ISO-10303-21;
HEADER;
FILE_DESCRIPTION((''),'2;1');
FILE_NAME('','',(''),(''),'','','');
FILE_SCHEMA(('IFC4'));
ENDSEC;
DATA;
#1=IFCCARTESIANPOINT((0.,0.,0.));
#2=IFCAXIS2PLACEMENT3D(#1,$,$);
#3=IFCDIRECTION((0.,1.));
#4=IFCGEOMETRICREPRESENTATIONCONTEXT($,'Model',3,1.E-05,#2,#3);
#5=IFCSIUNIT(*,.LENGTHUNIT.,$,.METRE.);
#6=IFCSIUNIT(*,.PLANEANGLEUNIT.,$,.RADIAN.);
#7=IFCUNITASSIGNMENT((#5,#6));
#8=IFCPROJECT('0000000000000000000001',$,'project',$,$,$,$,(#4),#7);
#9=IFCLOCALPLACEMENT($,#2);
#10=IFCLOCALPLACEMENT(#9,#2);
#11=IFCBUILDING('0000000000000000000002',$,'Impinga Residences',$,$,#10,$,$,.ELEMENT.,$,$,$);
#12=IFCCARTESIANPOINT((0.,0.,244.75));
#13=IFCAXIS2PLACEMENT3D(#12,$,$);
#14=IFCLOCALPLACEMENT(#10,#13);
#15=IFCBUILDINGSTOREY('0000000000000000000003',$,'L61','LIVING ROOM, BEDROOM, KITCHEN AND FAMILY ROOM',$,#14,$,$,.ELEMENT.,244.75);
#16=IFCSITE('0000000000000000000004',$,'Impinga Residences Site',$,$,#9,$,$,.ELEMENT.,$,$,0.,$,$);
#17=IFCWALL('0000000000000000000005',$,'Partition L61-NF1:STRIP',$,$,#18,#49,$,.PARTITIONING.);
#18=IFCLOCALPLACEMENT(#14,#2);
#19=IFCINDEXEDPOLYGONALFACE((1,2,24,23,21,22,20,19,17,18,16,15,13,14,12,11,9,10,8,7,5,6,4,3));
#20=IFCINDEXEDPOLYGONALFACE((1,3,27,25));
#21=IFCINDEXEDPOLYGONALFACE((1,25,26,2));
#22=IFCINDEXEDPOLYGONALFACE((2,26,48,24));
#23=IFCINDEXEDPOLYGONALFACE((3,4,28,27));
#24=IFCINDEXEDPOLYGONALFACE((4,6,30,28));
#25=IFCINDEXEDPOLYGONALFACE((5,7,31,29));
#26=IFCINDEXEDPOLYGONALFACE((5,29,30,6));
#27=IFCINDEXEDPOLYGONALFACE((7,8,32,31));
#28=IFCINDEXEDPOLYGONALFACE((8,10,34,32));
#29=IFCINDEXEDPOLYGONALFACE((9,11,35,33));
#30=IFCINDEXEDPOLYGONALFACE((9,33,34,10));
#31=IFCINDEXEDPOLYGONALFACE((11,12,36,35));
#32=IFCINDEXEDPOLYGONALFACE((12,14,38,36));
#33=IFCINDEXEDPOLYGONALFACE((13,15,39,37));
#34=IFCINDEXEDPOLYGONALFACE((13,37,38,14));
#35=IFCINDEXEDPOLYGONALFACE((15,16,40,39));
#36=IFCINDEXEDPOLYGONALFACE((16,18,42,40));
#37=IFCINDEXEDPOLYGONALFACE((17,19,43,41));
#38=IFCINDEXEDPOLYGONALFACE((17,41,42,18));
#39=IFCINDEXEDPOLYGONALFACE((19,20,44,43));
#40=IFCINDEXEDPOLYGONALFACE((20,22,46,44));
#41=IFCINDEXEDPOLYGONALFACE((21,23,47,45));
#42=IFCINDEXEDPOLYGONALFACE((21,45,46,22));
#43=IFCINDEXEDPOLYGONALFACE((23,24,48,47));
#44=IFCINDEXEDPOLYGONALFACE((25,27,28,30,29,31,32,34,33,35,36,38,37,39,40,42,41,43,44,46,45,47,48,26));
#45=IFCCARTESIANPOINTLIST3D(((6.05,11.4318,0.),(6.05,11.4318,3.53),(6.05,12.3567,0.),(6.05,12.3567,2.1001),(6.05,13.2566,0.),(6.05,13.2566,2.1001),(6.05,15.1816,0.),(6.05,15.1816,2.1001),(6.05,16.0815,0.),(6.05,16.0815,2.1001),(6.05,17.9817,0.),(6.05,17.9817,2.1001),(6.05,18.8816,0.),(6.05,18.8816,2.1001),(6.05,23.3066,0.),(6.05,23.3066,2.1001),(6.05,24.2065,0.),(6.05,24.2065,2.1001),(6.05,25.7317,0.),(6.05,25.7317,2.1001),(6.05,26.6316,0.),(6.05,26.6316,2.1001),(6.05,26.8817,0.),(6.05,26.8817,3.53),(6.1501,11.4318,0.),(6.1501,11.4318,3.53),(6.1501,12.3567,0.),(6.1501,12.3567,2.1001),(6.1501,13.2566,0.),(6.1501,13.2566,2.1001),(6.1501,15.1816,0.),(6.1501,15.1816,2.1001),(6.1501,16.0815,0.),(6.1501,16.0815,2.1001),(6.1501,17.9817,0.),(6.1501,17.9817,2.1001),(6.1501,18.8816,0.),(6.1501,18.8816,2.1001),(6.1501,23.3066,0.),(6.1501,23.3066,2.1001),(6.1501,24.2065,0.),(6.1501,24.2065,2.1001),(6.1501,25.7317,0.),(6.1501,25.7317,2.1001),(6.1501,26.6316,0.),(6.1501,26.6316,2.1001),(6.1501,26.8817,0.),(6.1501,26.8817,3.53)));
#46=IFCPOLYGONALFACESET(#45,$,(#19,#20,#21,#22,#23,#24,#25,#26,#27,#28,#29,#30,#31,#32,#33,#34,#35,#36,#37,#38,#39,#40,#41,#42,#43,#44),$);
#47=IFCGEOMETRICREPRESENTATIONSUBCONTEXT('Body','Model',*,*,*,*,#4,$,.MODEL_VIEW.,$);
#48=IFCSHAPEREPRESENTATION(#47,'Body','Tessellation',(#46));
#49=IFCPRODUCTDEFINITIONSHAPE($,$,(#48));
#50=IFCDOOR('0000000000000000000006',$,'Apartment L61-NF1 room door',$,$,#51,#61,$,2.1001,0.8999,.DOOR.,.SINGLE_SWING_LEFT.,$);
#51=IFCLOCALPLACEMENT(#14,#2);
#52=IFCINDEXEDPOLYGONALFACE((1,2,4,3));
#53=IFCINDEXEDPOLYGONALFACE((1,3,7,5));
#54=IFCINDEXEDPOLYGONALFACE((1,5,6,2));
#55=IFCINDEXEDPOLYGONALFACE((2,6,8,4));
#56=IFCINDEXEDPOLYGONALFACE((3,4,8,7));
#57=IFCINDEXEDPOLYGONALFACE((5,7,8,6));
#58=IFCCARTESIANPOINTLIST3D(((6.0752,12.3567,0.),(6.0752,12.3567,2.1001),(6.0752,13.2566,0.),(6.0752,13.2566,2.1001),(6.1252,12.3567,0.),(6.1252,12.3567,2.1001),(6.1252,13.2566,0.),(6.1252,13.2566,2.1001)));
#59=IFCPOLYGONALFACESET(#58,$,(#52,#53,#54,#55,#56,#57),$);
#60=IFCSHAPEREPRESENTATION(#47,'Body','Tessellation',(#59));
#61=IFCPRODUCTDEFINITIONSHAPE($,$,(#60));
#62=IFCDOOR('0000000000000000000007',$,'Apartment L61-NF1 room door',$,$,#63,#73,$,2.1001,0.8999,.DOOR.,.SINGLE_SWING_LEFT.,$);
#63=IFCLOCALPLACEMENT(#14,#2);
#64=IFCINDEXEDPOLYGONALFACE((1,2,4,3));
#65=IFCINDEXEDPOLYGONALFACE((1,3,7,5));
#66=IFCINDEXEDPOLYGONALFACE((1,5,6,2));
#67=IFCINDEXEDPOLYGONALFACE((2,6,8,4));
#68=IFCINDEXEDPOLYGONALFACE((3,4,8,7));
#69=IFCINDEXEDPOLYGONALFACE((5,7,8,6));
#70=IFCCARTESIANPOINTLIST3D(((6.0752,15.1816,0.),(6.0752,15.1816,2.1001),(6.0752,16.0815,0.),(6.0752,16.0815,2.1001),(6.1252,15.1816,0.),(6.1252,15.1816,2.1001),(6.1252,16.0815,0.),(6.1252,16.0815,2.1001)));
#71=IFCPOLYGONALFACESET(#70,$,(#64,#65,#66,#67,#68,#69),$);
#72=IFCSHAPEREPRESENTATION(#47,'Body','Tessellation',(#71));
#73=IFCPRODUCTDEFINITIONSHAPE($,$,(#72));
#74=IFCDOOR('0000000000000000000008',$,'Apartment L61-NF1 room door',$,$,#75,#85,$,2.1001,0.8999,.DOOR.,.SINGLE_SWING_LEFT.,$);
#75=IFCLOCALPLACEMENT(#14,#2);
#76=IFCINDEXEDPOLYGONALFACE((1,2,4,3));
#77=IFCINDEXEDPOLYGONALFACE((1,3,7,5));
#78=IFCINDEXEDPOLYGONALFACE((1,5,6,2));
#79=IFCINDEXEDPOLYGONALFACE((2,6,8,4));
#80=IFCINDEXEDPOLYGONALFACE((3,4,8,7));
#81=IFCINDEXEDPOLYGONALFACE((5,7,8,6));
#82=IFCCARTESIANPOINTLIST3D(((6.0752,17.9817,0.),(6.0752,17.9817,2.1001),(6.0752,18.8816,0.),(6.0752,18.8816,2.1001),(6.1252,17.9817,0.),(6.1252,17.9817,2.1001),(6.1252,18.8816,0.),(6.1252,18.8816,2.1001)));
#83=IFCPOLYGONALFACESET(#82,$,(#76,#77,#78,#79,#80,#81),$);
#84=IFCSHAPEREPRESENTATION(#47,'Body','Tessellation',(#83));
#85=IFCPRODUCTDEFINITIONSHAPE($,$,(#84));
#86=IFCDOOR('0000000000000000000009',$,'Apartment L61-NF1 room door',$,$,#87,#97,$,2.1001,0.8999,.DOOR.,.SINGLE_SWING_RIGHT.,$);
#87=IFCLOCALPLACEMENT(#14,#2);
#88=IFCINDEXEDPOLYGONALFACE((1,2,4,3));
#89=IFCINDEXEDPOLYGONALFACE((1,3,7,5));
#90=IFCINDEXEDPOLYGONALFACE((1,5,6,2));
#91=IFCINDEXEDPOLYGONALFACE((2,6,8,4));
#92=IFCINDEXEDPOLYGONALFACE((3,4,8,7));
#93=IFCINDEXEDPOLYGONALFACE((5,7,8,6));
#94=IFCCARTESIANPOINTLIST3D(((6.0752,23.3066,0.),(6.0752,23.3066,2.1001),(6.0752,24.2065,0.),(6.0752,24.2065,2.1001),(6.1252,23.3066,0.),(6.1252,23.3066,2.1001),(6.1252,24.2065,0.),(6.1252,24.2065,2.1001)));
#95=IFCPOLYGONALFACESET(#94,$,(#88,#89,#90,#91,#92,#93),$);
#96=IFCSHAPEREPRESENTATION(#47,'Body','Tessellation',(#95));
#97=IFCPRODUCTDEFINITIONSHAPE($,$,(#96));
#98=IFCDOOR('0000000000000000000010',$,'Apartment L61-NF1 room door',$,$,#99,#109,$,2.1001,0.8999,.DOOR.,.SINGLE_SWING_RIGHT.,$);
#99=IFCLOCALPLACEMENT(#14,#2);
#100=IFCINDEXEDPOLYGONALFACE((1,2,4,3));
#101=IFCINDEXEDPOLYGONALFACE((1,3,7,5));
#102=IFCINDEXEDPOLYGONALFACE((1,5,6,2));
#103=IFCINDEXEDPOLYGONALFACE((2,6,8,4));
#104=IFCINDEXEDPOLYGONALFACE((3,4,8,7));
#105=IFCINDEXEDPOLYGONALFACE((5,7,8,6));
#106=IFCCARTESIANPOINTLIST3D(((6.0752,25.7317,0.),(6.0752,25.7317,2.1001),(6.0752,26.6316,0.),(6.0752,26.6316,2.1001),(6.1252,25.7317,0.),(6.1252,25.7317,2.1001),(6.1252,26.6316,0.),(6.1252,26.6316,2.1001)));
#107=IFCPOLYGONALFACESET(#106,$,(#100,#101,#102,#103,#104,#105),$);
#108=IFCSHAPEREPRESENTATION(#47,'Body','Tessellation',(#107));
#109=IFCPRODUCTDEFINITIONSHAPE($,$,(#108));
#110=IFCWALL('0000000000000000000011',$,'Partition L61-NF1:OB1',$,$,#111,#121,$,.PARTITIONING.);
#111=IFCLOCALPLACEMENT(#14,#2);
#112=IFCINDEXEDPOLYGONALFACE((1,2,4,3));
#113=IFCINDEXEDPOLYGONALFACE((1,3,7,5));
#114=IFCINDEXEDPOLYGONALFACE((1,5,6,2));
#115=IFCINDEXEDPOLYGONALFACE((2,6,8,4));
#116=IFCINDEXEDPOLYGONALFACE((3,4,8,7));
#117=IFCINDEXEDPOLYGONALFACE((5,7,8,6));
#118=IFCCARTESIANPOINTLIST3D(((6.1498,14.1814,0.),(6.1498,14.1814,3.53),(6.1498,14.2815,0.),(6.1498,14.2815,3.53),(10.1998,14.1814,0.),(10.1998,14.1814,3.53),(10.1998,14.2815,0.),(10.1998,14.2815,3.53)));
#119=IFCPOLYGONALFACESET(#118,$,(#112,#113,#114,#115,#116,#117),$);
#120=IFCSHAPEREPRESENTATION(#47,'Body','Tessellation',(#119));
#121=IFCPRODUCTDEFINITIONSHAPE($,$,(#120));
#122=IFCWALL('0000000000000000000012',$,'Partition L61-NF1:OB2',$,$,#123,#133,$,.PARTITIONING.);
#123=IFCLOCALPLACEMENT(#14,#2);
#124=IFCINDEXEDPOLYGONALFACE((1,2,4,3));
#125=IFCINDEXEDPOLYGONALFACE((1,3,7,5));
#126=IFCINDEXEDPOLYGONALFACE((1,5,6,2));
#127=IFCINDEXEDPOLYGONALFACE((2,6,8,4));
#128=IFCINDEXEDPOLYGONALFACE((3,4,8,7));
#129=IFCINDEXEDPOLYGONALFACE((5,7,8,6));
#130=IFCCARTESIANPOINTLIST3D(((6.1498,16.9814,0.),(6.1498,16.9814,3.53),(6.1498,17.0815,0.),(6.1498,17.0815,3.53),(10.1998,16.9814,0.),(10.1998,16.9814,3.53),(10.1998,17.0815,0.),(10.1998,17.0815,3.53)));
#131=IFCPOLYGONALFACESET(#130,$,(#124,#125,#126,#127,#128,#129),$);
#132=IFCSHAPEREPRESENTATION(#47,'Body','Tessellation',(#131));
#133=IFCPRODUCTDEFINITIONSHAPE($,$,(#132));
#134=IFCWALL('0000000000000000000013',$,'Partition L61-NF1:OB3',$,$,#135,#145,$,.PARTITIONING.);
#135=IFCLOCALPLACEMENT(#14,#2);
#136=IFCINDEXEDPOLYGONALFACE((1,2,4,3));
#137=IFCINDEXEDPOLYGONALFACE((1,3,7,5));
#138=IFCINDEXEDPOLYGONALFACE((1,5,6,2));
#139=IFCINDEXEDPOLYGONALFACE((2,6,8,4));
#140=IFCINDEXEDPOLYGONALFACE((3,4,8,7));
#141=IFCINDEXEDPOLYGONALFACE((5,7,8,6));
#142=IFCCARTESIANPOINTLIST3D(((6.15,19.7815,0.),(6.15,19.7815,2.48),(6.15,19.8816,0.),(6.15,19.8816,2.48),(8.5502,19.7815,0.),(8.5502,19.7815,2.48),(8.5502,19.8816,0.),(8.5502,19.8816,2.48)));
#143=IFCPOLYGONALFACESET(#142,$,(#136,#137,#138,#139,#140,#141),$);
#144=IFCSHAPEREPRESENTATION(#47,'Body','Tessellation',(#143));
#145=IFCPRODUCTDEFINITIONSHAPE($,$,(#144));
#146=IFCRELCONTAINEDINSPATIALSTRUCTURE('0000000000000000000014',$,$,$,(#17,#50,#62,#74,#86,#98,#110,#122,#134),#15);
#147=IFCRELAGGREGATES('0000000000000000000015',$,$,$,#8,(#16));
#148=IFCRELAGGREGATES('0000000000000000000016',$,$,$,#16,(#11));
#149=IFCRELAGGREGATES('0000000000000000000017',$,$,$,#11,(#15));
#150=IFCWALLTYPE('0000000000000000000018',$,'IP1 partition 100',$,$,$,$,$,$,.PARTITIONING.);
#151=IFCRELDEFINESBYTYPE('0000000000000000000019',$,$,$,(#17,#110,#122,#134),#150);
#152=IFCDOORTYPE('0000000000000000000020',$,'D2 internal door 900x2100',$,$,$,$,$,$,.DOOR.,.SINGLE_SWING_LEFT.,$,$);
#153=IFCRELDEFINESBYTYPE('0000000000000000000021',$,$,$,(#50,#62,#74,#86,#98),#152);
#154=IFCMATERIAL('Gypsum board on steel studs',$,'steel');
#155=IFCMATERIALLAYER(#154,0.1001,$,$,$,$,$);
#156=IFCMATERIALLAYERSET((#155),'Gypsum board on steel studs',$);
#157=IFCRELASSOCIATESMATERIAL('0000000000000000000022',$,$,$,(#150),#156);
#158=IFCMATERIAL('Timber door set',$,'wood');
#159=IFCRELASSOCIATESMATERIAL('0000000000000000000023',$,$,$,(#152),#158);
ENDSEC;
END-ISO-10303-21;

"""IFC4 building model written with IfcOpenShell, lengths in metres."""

from ifc_helpers import new_model, si_unit, direction, frame, frame_2d, origin, place, context, subcontext, project, spatial, rectangle, extrude, material, layer, layer_set, type_object, element, fill, save


model = new_model("IFC4")

# Units and contexts
model_context = context("Model", 3, precision=1e-05, world=origin(), true_north=direction((0.0, 1.0)))
body_context = subcontext(model_context, "Body", "Model", "MODEL_VIEW")
ifc_project = project(units=[si_unit("LENGTHUNIT", "METRE"), si_unit("PLANEANGLEUNIT", "RADIAN")], contexts=[model_context])

# Site, building, storey
site_placement = place(None, origin())
site = spatial("IfcSite", under=ifc_project, at=site_placement, Name="Impinga Residences Site", CompositionType="ELEMENT", RefElevation=0.0)
building_placement = place(site_placement, origin())
building = spatial("IfcBuilding", under=site, at=building_placement, Name="Impinga Residences", CompositionType="ELEMENT")
storey_placement = place(building_placement, frame((0.0, 0.0, 244.75)))
storey = spatial("IfcBuildingStorey", under=building, at=storey_placement, Name="L61", Description="LIVING ROOM, BEDROOM, KITCHEN AND FAMILY ROOM", CompositionType="ELEMENT", Elevation=244.75)

# Shared definitions
ifc_material_1 = material(Name="Timber door set", Category="wood")

# Shared definitions
ifc_material_2 = material(Name="Gypsum board on steel studs", Category="steel")
ifc_layer_1 = layer(ifc_material_2, 0.1001)
ifc_layer_set_1 = layer_set([ifc_layer_1], Name="Gypsum board on steel studs")
wall_type_1 = type_object("IfcWallType", Name="IP1 partition 100", PredefinedType="PARTITIONING", material=ifc_layer_set_1)

# Wall, openings, doors
wall_1_placement = place(storey_placement, frame((6.1001, 11.4316, 0.0), z_axis=(0.0, 0.0, 1.0), x_axis=(0.0, 1.0, 0.0)))
wall_1 = element("IfcWall", 1, at=wall_1_placement, inside=storey, type_object=wall_type_1, Name="Partition L61-NF1:STRIP", PredefinedType="PARTITIONING", context=body_context, shape_type="SweptSolid", body=[
    extrude(rectangle(XDim=15.45, YDim=0.1001, at=frame_2d((7.7251, 0.0))), origin(), (0.0, 0.0, 1.0), 3.53),
])
opening_1_placement = place(wall_1_placement, frame((0.925, 0.0, 0.0)))
opening_1 = element("IfcOpeningElement", 2, at=opening_1_placement, cuts=wall_1, PredefinedType="OPENING", context=body_context, shape_type="SweptSolid", body=[
    extrude(rectangle(XDim=0.8999, YDim=2.1001, at=frame_2d((0.45, 1.05))), frame((0.0, 0.0601, 0.0), z_axis=(0.0, -1.0, 0.0), x_axis=(1.0, 0.0, 0.0)), (0.0, 0.0, 1.0), 0.1201),
])
opening_2_placement = place(wall_1_placement, frame((3.75, 0.0, 0.0)))
opening_2 = element("IfcOpeningElement", 3, at=opening_2_placement, cuts=wall_1, PredefinedType="OPENING", context=body_context, shape_type="SweptSolid", body=[
    extrude(rectangle(XDim=0.8999, YDim=2.1001, at=frame_2d((0.45, 1.05))), frame((0.0, 0.0601, 0.0), z_axis=(0.0, -1.0, 0.0), x_axis=(1.0, 0.0, 0.0)), (0.0, 0.0, 1.0), 0.1201),
])
opening_3_placement = place(wall_1_placement, frame((6.55, 0.0, 0.0)))
opening_3 = element("IfcOpeningElement", 4, at=opening_3_placement, cuts=wall_1, PredefinedType="OPENING", context=body_context, shape_type="SweptSolid", body=[
    extrude(rectangle(XDim=0.8999, YDim=2.1001, at=frame_2d((0.45, 1.05))), frame((0.0, 0.0601, 0.0), z_axis=(0.0, -1.0, 0.0), x_axis=(1.0, 0.0, 0.0)), (0.0, 0.0, 1.0), 0.1201),
])
opening_4_placement = place(wall_1_placement, frame((11.875, 0.0, 0.0)))
opening_4 = element("IfcOpeningElement", 5, at=opening_4_placement, cuts=wall_1, PredefinedType="OPENING", context=body_context, shape_type="SweptSolid", body=[
    extrude(rectangle(XDim=0.8999, YDim=2.1001, at=frame_2d((0.45, 1.05))), frame((0.0, 0.0601, 0.0), z_axis=(0.0, -1.0, 0.0), x_axis=(1.0, 0.0, 0.0)), (0.0, 0.0, 1.0), 0.1201),
])
opening_5_placement = place(wall_1_placement, frame((14.3, 0.0, 0.0)))
opening_5 = element("IfcOpeningElement", 6, at=opening_5_placement, cuts=wall_1, PredefinedType="OPENING", context=body_context, shape_type="SweptSolid", body=[
    extrude(rectangle(XDim=0.8999, YDim=2.1001, at=frame_2d((0.45, 1.05))), frame((0.0, 0.0601, 0.0), z_axis=(0.0, -1.0, 0.0), x_axis=(1.0, 0.0, 0.0)), (0.0, 0.0, 1.0), 0.1201),
])
door_type_1 = type_object("IfcDoorType", Name="D2 internal door 900x2100", OperationType="SINGLE_SWING_LEFT", PredefinedType="DOOR", material=ifc_material_1)
door_1_placement = place(opening_1_placement, origin())
door_1 = element("IfcDoor", 7, at=door_1_placement, inside=storey, type_object=door_type_1, Name="Apartment L61-NF1 room door", OperationType="SINGLE_SWING_LEFT", OverallHeight=2.1001, OverallWidth=0.8999, PredefinedType="DOOR", context=body_context, shape_type="SweptSolid", body=[
    extrude(rectangle(XDim=0.8999, YDim=2.1001, at=frame_2d((0.45, 1.05))), frame((0.0, 0.0249, 0.0), z_axis=(0.0, -1.0, 0.0), x_axis=(1.0, 0.0, 0.0)), (0.0, 0.0, 1.0), 0.05),
])
fill(opening_1, door_1)
door_2_placement = place(opening_2_placement, origin())
door_2 = element("IfcDoor", 8, at=door_2_placement, inside=storey, type_object=door_type_1, Name="Apartment L61-NF1 room door", OperationType="SINGLE_SWING_LEFT", OverallHeight=2.1001, OverallWidth=0.8999, PredefinedType="DOOR", context=body_context, shape_type="SweptSolid", body=[
    extrude(rectangle(XDim=0.8999, YDim=2.1001, at=frame_2d((0.45, 1.05))), frame((0.0, 0.0249, 0.0), z_axis=(0.0, -1.0, 0.0), x_axis=(1.0, 0.0, 0.0)), (0.0, 0.0, 1.0), 0.05),
])
fill(opening_2, door_2)
door_3_placement = place(opening_3_placement, origin())
door_3 = element("IfcDoor", 9, at=door_3_placement, inside=storey, type_object=door_type_1, Name="Apartment L61-NF1 room door", OperationType="SINGLE_SWING_LEFT", OverallHeight=2.1001, OverallWidth=0.8999, PredefinedType="DOOR", context=body_context, shape_type="SweptSolid", body=[
    extrude(rectangle(XDim=0.8999, YDim=2.1001, at=frame_2d((0.45, 1.05))), frame((0.0, 0.0249, 0.0), z_axis=(0.0, -1.0, 0.0), x_axis=(1.0, 0.0, 0.0)), (0.0, 0.0, 1.0), 0.05),
])
fill(opening_3, door_3)
door_4_placement = place(opening_4_placement, origin())
door_4 = element("IfcDoor", 10, at=door_4_placement, inside=storey, type_object=door_type_1, Name="Apartment L61-NF1 room door", OperationType="SINGLE_SWING_RIGHT", OverallHeight=2.1001, OverallWidth=0.8999, PredefinedType="DOOR", context=body_context, shape_type="SweptSolid", body=[
    extrude(rectangle(XDim=0.8999, YDim=2.1001, at=frame_2d((0.45, 1.05))), frame((0.0, 0.0249, 0.0), z_axis=(0.0, -1.0, 0.0), x_axis=(1.0, 0.0, 0.0)), (0.0, 0.0, 1.0), 0.05),
])
fill(opening_4, door_4)
door_5_placement = place(opening_5_placement, origin())
door_5 = element("IfcDoor", 11, at=door_5_placement, inside=storey, type_object=door_type_1, Name="Apartment L61-NF1 room door", OperationType="SINGLE_SWING_RIGHT", OverallHeight=2.1001, OverallWidth=0.8999, PredefinedType="DOOR", context=body_context, shape_type="SweptSolid", body=[
    extrude(rectangle(XDim=0.8999, YDim=2.1001, at=frame_2d((0.45, 1.05))), frame((0.0, 0.0249, 0.0), z_axis=(0.0, -1.0, 0.0), x_axis=(1.0, 0.0, 0.0)), (0.0, 0.0, 1.0), 0.05),
])
fill(opening_5, door_5)

# Walls
for number, where, z_axis, x_axis, name in (
    (12, (6.1499, 14.2314, 0.0), (0.0, 0.0, 1.0), (1.0, 0.0, 0.0), "Partition L61-NF1:OB1"),
    (13, (6.1499, 17.0315, 0.0), (0.0, 0.0, 1.0), (1.0, 0.0, 0.0), "Partition L61-NF1:OB2"),
):
    element("IfcWall", number, at=place(storey_placement, frame(where, z_axis=z_axis, x_axis=x_axis)), inside=storey, type_object=wall_type_1, Name=name, PredefinedType="PARTITIONING", context=body_context, shape_type="SweptSolid", body=[
        extrude(rectangle(XDim=4.05, YDim=0.1001, at=frame_2d((2.0249, 0.0))), origin(), (0.0, 0.0, 1.0), 3.53),
    ])
wall_2_placement = place(storey_placement, frame((6.1499, 19.8315, 0.0), z_axis=(0.0, 0.0, 1.0), x_axis=(1.0, 0.0, 0.0)))
element("IfcWall", 14, at=wall_2_placement, inside=storey, type_object=wall_type_1, Name="Partition L61-NF1:OB3", PredefinedType="PARTITIONING", context=body_context, shape_type="SweptSolid", body=[
    extrude(rectangle(XDim=2.4001, YDim=0.1001, at=frame_2d((1.2002, 0.0))), origin(), (0.0, 0.0, 1.0), 2.48),
])

save(model, "model.ifc")
